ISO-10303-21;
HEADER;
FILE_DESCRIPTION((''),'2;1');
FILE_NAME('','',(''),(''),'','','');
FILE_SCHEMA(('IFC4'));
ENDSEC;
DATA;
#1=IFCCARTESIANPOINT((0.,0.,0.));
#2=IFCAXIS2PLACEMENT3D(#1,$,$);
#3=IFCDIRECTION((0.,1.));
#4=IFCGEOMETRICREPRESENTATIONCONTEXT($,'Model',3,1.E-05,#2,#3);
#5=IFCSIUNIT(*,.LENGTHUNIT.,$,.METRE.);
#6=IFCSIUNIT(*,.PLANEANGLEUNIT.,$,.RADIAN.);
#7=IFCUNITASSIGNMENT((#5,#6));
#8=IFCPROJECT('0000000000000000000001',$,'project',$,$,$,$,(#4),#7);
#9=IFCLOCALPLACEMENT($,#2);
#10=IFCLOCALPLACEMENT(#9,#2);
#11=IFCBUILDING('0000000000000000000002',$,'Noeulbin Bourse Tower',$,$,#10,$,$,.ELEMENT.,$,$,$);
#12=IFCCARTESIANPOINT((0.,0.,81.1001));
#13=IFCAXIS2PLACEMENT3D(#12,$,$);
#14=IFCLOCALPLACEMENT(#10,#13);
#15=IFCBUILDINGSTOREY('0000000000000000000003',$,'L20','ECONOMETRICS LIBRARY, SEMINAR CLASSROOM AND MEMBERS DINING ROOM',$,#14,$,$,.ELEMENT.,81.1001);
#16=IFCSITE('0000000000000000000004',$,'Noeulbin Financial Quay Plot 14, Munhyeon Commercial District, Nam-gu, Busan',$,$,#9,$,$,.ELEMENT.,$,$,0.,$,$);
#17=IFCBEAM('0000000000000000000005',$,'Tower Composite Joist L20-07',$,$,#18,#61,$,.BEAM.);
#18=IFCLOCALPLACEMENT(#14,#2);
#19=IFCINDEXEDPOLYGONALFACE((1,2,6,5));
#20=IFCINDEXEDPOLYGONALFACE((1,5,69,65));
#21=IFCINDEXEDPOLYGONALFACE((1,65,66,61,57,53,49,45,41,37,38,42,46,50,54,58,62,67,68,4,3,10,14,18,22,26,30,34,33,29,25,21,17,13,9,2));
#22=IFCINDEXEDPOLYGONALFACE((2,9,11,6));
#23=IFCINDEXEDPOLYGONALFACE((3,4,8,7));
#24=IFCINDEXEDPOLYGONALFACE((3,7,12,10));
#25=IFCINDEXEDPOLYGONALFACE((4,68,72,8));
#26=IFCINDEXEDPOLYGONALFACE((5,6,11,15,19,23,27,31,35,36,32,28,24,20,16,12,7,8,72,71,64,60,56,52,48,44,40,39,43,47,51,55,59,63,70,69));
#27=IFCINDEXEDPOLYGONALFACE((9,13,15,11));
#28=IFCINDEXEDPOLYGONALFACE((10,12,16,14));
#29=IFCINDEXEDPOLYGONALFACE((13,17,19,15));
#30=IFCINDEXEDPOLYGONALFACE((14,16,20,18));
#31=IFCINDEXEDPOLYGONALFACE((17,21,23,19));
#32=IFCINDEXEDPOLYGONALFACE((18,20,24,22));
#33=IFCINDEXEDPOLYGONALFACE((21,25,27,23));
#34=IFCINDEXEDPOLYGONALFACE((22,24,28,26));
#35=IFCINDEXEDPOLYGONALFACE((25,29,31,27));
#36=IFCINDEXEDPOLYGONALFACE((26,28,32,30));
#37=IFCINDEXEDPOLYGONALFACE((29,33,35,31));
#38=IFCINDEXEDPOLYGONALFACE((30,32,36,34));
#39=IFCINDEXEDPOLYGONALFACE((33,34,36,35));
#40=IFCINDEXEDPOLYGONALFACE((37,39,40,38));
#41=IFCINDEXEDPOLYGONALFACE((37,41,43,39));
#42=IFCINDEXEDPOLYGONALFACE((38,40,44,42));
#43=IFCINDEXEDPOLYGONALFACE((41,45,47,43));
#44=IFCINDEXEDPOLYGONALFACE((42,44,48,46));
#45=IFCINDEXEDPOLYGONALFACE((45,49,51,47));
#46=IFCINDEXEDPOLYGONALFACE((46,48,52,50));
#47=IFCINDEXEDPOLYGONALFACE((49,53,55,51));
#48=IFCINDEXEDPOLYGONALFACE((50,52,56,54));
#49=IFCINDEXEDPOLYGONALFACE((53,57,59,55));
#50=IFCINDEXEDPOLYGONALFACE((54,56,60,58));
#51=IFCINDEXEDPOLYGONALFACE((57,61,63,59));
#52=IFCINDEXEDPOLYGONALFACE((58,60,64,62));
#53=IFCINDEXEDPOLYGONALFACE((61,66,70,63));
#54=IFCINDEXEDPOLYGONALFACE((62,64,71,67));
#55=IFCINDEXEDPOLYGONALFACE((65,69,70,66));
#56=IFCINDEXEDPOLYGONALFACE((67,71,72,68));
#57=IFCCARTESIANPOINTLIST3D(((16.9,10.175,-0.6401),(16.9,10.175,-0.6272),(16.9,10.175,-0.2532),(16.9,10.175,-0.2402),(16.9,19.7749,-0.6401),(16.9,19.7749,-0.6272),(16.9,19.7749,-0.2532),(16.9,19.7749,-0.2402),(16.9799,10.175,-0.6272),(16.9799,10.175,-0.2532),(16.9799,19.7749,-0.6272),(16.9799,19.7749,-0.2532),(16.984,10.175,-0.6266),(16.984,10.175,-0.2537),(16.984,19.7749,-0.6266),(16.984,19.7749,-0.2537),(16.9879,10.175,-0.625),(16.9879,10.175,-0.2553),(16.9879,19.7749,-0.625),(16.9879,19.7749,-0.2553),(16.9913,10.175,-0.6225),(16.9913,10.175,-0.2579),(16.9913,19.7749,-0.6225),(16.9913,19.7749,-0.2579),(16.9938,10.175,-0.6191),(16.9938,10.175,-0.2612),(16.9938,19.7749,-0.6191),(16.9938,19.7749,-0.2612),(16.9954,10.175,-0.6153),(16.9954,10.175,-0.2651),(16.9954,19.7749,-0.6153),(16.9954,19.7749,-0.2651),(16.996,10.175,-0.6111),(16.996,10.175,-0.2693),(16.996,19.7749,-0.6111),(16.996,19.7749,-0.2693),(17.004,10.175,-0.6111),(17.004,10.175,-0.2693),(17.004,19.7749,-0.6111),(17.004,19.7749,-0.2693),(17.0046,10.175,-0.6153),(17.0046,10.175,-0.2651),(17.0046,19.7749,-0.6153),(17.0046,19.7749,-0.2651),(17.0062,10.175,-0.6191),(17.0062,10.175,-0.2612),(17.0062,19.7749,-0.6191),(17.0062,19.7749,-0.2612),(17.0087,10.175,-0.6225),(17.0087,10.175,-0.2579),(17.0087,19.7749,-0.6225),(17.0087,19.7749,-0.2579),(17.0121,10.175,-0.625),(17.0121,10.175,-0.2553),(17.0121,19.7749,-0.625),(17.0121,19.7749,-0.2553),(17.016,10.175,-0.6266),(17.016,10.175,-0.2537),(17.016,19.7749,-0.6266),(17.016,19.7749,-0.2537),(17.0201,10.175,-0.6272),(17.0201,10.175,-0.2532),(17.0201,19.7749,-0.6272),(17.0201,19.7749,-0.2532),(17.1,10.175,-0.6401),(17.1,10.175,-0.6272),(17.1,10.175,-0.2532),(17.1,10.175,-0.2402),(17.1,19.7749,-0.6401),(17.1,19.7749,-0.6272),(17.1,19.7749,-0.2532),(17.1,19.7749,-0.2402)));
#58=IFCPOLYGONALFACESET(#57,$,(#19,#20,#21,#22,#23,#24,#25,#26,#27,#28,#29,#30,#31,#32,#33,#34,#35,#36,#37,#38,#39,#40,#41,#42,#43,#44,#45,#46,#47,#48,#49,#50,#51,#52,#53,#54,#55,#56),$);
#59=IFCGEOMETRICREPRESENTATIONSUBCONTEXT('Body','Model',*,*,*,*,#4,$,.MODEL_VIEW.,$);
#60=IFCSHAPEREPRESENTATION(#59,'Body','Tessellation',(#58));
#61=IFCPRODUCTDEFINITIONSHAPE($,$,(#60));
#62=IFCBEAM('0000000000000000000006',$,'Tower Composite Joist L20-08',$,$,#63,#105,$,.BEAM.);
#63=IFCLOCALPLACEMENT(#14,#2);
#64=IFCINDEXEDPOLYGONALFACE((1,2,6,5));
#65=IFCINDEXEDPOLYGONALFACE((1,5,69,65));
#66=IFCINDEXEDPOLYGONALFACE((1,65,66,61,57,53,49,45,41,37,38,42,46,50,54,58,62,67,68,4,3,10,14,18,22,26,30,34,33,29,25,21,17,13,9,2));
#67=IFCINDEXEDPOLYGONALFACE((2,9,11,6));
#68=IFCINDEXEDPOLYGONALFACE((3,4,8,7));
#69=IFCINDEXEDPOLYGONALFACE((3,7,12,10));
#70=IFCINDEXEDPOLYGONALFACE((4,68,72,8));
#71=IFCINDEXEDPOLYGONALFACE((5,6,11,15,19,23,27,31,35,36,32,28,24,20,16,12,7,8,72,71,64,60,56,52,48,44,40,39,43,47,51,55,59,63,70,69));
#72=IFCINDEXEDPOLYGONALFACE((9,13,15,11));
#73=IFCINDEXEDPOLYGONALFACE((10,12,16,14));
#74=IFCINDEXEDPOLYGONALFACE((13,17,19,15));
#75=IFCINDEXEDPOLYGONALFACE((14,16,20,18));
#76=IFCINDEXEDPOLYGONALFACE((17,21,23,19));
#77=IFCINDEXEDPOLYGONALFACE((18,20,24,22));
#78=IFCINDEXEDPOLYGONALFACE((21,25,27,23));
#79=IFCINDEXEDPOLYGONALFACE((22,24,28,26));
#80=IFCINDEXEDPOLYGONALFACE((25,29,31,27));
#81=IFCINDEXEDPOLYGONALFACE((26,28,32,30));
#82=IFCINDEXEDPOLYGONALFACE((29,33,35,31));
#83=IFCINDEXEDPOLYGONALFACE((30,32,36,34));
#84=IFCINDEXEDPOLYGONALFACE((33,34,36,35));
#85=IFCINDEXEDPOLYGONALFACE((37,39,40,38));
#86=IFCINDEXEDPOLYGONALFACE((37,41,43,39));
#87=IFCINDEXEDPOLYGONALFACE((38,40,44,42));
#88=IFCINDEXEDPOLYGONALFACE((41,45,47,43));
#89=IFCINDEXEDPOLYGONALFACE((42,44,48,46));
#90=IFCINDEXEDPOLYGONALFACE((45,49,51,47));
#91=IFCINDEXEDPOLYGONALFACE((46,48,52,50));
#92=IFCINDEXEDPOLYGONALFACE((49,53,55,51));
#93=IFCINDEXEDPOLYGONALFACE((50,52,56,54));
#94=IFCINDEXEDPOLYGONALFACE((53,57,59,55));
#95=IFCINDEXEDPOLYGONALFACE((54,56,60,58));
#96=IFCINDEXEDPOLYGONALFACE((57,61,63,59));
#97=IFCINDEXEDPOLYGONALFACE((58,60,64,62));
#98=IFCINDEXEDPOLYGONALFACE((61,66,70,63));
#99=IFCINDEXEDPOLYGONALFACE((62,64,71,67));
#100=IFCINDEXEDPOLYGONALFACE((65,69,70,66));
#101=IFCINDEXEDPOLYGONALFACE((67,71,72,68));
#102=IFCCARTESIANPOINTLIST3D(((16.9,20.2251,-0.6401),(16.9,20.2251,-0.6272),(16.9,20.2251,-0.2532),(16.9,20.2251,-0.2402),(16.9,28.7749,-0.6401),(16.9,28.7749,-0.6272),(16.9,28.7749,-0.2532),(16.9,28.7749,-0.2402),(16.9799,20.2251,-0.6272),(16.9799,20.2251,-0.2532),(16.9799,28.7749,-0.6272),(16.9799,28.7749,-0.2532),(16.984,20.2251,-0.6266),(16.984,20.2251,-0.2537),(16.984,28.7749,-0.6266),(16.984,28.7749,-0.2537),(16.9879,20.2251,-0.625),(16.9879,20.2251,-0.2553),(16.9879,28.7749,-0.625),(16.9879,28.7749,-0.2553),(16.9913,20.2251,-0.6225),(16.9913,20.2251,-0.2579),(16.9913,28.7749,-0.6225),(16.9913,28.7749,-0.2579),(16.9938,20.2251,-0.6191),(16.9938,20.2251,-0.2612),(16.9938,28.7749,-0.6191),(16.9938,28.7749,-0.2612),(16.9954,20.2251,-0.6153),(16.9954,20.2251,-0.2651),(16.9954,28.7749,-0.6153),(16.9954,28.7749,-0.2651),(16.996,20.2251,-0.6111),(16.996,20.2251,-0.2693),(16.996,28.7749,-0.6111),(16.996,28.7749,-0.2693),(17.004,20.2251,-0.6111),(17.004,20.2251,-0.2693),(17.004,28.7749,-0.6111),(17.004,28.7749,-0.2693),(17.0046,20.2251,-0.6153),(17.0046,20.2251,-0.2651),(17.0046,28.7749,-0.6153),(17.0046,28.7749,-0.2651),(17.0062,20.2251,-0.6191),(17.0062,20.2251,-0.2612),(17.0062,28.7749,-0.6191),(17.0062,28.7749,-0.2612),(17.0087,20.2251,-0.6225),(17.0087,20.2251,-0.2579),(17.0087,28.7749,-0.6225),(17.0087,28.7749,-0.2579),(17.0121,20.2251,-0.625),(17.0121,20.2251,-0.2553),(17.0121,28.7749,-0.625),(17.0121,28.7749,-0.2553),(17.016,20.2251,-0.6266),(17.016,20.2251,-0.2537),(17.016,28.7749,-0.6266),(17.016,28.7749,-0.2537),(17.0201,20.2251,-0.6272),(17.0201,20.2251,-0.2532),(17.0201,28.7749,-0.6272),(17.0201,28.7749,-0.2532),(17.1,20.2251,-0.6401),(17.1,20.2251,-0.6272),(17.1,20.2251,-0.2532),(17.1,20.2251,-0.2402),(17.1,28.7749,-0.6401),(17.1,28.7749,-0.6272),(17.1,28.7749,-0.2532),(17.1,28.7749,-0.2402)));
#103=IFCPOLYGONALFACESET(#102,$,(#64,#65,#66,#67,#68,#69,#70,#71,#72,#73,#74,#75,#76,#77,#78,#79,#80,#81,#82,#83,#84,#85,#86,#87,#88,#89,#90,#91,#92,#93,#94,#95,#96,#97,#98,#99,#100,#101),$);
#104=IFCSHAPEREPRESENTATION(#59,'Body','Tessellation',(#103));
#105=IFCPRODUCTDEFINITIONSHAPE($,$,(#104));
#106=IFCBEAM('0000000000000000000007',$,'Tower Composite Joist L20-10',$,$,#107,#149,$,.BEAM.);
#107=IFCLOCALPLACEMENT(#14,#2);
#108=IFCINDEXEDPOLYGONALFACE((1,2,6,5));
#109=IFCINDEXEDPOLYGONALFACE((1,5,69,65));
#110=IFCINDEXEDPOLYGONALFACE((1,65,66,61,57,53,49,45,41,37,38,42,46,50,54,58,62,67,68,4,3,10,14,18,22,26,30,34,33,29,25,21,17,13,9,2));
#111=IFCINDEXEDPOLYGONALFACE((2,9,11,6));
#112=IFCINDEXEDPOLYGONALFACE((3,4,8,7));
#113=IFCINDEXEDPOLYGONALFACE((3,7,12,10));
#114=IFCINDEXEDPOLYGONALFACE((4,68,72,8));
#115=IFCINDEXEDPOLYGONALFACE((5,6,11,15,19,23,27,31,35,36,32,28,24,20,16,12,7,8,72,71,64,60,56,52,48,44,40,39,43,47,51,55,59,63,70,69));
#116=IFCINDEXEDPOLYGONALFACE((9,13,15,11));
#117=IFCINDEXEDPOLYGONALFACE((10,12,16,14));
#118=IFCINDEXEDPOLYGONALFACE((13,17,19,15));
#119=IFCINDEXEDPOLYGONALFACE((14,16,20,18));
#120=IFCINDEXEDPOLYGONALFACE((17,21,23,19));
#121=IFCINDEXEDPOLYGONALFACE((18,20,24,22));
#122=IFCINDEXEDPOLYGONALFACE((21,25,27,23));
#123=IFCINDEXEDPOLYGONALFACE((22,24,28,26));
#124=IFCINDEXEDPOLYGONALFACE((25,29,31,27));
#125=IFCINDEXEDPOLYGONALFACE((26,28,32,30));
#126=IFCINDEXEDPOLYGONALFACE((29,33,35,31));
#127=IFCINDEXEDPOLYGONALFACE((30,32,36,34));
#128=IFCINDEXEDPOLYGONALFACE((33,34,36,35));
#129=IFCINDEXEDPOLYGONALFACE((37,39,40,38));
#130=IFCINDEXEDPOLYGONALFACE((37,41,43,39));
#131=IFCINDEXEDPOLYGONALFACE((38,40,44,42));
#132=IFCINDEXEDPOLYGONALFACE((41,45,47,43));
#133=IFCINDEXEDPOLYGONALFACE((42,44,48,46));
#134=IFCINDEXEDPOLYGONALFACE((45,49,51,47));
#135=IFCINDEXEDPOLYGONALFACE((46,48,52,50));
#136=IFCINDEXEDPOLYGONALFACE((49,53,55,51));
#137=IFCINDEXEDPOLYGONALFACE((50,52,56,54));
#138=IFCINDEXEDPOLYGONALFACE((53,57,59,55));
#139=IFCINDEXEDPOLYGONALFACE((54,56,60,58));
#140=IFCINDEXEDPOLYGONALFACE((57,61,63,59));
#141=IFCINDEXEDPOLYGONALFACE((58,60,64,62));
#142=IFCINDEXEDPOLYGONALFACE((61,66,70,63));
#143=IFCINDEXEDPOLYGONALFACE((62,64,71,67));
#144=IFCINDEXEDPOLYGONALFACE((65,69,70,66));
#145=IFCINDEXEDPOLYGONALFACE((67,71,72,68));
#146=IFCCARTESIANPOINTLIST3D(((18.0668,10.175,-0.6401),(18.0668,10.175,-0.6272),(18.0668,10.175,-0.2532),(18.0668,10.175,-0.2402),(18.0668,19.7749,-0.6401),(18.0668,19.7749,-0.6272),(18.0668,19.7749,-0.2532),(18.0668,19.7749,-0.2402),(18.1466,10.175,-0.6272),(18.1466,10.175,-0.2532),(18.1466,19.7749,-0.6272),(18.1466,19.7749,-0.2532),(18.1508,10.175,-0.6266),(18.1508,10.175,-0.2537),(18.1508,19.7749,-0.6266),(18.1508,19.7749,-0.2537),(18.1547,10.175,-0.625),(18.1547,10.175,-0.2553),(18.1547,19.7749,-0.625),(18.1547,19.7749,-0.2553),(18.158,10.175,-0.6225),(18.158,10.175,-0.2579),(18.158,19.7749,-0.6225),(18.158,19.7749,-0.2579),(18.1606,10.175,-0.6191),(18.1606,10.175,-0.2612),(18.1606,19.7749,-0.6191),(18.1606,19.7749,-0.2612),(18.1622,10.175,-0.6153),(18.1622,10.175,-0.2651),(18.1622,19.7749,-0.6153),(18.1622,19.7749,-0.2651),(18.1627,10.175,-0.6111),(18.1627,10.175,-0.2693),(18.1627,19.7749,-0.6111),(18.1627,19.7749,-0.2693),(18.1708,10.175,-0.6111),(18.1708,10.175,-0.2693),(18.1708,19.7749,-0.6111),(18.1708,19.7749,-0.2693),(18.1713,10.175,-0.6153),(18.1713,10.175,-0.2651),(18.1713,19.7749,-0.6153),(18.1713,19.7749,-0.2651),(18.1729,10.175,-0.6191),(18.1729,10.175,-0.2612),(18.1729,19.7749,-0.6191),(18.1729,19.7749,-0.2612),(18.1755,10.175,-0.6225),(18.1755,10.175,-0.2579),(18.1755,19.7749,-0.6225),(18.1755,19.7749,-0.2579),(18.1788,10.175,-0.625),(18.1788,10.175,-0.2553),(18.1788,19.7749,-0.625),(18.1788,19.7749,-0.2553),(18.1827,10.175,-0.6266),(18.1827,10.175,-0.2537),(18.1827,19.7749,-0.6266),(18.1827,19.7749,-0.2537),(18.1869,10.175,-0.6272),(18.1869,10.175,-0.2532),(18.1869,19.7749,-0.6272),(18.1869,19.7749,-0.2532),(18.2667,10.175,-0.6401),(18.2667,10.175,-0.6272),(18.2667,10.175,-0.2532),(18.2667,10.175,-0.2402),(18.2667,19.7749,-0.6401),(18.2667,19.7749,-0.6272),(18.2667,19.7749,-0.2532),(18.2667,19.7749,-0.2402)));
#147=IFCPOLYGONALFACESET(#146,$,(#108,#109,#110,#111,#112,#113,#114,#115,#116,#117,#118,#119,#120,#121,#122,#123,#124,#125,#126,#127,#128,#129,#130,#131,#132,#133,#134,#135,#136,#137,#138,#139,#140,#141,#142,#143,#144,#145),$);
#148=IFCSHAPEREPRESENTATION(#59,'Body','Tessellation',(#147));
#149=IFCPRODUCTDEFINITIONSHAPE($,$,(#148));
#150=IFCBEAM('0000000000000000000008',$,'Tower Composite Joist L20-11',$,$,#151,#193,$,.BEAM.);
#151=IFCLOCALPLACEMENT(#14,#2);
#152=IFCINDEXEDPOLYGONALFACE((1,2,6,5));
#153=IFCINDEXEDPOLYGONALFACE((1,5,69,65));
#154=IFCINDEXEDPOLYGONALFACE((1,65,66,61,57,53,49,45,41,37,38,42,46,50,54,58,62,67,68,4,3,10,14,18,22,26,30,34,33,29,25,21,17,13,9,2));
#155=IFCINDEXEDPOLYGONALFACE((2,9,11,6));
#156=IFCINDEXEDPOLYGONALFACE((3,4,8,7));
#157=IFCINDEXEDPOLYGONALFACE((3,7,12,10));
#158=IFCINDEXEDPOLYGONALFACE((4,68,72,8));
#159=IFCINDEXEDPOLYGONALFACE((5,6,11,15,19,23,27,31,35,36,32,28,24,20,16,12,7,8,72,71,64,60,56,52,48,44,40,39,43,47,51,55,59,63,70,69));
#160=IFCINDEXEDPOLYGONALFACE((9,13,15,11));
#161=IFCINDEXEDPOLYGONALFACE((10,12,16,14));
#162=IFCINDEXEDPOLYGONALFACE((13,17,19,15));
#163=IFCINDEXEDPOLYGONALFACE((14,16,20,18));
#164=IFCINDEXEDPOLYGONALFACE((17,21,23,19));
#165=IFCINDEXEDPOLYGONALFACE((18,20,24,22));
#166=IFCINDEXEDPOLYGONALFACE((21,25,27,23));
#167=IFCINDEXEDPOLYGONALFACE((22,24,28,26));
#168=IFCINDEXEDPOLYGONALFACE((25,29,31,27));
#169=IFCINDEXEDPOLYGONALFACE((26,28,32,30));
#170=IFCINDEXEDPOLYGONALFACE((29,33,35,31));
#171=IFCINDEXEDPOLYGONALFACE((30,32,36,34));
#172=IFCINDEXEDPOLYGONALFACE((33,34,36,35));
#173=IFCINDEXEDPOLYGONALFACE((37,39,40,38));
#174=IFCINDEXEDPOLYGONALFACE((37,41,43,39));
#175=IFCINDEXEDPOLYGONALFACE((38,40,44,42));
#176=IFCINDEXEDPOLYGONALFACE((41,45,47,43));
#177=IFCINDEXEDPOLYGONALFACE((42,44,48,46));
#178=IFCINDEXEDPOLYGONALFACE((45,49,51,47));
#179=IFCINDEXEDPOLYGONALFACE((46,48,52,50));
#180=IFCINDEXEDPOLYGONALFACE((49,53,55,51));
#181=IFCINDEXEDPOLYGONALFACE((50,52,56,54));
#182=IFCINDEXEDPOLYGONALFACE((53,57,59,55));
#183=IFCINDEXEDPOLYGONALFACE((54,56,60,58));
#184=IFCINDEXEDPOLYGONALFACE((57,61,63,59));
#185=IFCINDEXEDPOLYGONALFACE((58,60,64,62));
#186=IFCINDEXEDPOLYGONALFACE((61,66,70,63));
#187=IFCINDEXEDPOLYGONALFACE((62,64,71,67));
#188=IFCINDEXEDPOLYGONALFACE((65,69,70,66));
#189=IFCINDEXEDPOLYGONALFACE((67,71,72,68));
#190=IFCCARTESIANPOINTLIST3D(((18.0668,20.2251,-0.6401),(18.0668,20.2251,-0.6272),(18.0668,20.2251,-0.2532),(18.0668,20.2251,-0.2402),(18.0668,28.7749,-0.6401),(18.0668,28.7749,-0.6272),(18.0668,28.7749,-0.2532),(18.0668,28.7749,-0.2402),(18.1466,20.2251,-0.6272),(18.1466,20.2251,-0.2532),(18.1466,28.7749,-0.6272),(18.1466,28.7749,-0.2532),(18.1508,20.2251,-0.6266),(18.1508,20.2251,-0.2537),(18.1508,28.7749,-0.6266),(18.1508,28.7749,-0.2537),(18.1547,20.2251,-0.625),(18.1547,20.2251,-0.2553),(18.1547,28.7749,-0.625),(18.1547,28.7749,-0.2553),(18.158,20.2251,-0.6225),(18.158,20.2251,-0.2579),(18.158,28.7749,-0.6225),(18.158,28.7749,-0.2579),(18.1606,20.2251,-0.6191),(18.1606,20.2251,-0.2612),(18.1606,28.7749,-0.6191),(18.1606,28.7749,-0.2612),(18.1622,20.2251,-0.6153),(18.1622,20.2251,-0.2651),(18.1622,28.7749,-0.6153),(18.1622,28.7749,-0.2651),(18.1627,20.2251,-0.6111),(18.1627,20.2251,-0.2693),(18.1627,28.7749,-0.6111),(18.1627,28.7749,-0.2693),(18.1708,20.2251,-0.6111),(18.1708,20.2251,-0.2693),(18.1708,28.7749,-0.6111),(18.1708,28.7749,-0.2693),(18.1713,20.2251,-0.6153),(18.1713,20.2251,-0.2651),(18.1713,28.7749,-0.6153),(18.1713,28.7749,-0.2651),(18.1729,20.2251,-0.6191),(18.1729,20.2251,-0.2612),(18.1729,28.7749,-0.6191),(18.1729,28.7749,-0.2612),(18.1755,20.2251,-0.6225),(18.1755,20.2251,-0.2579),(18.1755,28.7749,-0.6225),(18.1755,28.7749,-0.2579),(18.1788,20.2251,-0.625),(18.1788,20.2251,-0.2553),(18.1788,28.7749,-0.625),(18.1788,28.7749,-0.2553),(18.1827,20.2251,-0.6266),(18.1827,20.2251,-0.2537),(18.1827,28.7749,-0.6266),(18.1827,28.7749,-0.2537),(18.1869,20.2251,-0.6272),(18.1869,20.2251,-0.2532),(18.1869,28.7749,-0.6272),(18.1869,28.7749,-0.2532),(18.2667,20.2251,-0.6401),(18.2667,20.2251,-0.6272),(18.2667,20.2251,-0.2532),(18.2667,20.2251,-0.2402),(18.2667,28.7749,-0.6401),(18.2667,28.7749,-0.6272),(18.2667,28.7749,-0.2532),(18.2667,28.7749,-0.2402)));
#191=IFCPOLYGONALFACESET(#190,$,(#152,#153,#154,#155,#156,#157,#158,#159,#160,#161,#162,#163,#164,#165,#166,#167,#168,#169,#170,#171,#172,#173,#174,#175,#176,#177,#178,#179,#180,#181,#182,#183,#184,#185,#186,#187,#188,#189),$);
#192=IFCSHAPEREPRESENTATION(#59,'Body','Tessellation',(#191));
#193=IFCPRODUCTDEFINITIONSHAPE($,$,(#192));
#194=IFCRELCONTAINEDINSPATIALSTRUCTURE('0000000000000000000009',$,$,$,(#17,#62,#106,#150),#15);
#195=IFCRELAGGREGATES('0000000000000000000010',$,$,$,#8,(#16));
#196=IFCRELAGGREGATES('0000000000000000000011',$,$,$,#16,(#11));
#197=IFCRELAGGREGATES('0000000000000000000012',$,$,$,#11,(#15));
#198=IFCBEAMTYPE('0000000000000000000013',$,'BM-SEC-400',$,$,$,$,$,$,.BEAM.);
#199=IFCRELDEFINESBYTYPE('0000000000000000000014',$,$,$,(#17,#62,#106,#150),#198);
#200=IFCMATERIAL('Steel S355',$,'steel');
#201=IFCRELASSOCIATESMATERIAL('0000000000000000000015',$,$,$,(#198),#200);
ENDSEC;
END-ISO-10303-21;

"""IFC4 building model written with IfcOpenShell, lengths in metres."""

from ifc_helpers import new_model, si_unit, direction, frame, origin, origin_2d, place, context, subcontext, project, spatial, i_section, extrude, material, material_profile, profile_set, type_object, element, save


model = new_model("IFC4")

# Units and contexts
model_context = context("Model", 3, precision=1e-05, world=origin(), true_north=direction((0.0, 1.0)))
body_context = subcontext(model_context, "Body", "Model", "MODEL_VIEW")
ifc_project = project(units=[si_unit("LENGTHUNIT", "METRE"), si_unit("PLANEANGLEUNIT", "RADIAN")], contexts=[model_context])

# Site, building, storey
site_placement = place(None, origin())
site = spatial("IfcSite", under=ifc_project, at=site_placement, Name="Noeulbin Financial Quay Plot 14, Munhyeon Commercial District, Nam-gu, Busan", CompositionType="ELEMENT", RefElevation=0.0)
building_placement = place(site_placement, origin())
building = spatial("IfcBuilding", under=site, at=building_placement, Name="Noeulbin Bourse Tower", CompositionType="ELEMENT")
storey_placement = place(building_placement, frame((0.0, 0.0, 81.1001)))
storey = spatial("IfcBuildingStorey", under=building, at=storey_placement, Name="L20", Description="ECONOMETRICS LIBRARY, SEMINAR CLASSROOM AND MEMBERS DINING ROOM", CompositionType="ELEMENT", Elevation=81.1001)

# Beams
ifc_material_1 = material(Name="Steel S355", Category="steel")
ifc_material_profile_1 = material_profile(ifc_material_1, i_section(OverallWidth=0.2, OverallDepth=0.3999, WebThickness=0.0081, FlangeThickness=0.0129, FilletRadius=0.0161, at=origin_2d()), Name="H-400x200x8x13", Category="LoadBearing")
ifc_profile_set_1 = profile_set([ifc_material_profile_1], Name="Steel S355")
beam_type_1 = type_object("IfcBeamType", Name="BM-SEC-400", PredefinedType="BEAM", material=ifc_profile_set_1)
beam_1_placement = place(storey_placement, frame((17.0, 10.175, -0.4402), z_axis=(0.0, 1.0, 0.0), x_axis=(-1.0, 0.0, 0.0)))
element("IfcBeam", 1, at=beam_1_placement, inside=storey, type_object=beam_type_1, Name="Tower Composite Joist L20-07", PredefinedType="BEAM", context=body_context, shape_type="SweptSolid", body=[
    extrude(i_section(OverallWidth=0.2, OverallDepth=0.3999, WebThickness=0.0081, FlangeThickness=0.0129, FilletRadius=0.0161, at=origin_2d()), origin(), (0.0, 0.0, 1.0), 9.5999),
])
beam_2_placement = place(storey_placement, frame((17.0, 20.2251, -0.4402), z_axis=(0.0, 1.0, 0.0), x_axis=(-1.0, 0.0, 0.0)))
element("IfcBeam", 2, at=beam_2_placement, inside=storey, type_object=beam_type_1, Name="Tower Composite Joist L20-08", PredefinedType="BEAM", context=body_context, shape_type="SweptSolid", body=[
    extrude(i_section(OverallWidth=0.2, OverallDepth=0.3999, WebThickness=0.0081, FlangeThickness=0.0129, FilletRadius=0.0161, at=origin_2d()), origin(), (0.0, 0.0, 1.0), 8.5498),
])
beam_3_placement = place(storey_placement, frame((18.1667, 10.175, -0.4402), z_axis=(0.0, 1.0, 0.0), x_axis=(-1.0, 0.0, 0.0)))
element("IfcBeam", 3, at=beam_3_placement, inside=storey, type_object=beam_type_1, Name="Tower Composite Joist L20-10", PredefinedType="BEAM", context=body_context, shape_type="SweptSolid", body=[
    extrude(i_section(OverallWidth=0.2, OverallDepth=0.3999, WebThickness=0.0081, FlangeThickness=0.0129, FilletRadius=0.0161, at=origin_2d()), origin(), (0.0, 0.0, 1.0), 9.5999),
])
beam_4_placement = place(storey_placement, frame((18.1667, 20.2251, -0.4402), z_axis=(0.0, 1.0, 0.0), x_axis=(-1.0, 0.0, 0.0)))
element("IfcBeam", 4, at=beam_4_placement, inside=storey, type_object=beam_type_1, Name="Tower Composite Joist L20-11", PredefinedType="BEAM", context=body_context, shape_type="SweptSolid", body=[
    extrude(i_section(OverallWidth=0.2, OverallDepth=0.3999, WebThickness=0.0081, FlangeThickness=0.0129, FilletRadius=0.0161, at=origin_2d()), origin(), (0.0, 0.0, 1.0), 8.5498),
])

save(model, "model.ifc")
